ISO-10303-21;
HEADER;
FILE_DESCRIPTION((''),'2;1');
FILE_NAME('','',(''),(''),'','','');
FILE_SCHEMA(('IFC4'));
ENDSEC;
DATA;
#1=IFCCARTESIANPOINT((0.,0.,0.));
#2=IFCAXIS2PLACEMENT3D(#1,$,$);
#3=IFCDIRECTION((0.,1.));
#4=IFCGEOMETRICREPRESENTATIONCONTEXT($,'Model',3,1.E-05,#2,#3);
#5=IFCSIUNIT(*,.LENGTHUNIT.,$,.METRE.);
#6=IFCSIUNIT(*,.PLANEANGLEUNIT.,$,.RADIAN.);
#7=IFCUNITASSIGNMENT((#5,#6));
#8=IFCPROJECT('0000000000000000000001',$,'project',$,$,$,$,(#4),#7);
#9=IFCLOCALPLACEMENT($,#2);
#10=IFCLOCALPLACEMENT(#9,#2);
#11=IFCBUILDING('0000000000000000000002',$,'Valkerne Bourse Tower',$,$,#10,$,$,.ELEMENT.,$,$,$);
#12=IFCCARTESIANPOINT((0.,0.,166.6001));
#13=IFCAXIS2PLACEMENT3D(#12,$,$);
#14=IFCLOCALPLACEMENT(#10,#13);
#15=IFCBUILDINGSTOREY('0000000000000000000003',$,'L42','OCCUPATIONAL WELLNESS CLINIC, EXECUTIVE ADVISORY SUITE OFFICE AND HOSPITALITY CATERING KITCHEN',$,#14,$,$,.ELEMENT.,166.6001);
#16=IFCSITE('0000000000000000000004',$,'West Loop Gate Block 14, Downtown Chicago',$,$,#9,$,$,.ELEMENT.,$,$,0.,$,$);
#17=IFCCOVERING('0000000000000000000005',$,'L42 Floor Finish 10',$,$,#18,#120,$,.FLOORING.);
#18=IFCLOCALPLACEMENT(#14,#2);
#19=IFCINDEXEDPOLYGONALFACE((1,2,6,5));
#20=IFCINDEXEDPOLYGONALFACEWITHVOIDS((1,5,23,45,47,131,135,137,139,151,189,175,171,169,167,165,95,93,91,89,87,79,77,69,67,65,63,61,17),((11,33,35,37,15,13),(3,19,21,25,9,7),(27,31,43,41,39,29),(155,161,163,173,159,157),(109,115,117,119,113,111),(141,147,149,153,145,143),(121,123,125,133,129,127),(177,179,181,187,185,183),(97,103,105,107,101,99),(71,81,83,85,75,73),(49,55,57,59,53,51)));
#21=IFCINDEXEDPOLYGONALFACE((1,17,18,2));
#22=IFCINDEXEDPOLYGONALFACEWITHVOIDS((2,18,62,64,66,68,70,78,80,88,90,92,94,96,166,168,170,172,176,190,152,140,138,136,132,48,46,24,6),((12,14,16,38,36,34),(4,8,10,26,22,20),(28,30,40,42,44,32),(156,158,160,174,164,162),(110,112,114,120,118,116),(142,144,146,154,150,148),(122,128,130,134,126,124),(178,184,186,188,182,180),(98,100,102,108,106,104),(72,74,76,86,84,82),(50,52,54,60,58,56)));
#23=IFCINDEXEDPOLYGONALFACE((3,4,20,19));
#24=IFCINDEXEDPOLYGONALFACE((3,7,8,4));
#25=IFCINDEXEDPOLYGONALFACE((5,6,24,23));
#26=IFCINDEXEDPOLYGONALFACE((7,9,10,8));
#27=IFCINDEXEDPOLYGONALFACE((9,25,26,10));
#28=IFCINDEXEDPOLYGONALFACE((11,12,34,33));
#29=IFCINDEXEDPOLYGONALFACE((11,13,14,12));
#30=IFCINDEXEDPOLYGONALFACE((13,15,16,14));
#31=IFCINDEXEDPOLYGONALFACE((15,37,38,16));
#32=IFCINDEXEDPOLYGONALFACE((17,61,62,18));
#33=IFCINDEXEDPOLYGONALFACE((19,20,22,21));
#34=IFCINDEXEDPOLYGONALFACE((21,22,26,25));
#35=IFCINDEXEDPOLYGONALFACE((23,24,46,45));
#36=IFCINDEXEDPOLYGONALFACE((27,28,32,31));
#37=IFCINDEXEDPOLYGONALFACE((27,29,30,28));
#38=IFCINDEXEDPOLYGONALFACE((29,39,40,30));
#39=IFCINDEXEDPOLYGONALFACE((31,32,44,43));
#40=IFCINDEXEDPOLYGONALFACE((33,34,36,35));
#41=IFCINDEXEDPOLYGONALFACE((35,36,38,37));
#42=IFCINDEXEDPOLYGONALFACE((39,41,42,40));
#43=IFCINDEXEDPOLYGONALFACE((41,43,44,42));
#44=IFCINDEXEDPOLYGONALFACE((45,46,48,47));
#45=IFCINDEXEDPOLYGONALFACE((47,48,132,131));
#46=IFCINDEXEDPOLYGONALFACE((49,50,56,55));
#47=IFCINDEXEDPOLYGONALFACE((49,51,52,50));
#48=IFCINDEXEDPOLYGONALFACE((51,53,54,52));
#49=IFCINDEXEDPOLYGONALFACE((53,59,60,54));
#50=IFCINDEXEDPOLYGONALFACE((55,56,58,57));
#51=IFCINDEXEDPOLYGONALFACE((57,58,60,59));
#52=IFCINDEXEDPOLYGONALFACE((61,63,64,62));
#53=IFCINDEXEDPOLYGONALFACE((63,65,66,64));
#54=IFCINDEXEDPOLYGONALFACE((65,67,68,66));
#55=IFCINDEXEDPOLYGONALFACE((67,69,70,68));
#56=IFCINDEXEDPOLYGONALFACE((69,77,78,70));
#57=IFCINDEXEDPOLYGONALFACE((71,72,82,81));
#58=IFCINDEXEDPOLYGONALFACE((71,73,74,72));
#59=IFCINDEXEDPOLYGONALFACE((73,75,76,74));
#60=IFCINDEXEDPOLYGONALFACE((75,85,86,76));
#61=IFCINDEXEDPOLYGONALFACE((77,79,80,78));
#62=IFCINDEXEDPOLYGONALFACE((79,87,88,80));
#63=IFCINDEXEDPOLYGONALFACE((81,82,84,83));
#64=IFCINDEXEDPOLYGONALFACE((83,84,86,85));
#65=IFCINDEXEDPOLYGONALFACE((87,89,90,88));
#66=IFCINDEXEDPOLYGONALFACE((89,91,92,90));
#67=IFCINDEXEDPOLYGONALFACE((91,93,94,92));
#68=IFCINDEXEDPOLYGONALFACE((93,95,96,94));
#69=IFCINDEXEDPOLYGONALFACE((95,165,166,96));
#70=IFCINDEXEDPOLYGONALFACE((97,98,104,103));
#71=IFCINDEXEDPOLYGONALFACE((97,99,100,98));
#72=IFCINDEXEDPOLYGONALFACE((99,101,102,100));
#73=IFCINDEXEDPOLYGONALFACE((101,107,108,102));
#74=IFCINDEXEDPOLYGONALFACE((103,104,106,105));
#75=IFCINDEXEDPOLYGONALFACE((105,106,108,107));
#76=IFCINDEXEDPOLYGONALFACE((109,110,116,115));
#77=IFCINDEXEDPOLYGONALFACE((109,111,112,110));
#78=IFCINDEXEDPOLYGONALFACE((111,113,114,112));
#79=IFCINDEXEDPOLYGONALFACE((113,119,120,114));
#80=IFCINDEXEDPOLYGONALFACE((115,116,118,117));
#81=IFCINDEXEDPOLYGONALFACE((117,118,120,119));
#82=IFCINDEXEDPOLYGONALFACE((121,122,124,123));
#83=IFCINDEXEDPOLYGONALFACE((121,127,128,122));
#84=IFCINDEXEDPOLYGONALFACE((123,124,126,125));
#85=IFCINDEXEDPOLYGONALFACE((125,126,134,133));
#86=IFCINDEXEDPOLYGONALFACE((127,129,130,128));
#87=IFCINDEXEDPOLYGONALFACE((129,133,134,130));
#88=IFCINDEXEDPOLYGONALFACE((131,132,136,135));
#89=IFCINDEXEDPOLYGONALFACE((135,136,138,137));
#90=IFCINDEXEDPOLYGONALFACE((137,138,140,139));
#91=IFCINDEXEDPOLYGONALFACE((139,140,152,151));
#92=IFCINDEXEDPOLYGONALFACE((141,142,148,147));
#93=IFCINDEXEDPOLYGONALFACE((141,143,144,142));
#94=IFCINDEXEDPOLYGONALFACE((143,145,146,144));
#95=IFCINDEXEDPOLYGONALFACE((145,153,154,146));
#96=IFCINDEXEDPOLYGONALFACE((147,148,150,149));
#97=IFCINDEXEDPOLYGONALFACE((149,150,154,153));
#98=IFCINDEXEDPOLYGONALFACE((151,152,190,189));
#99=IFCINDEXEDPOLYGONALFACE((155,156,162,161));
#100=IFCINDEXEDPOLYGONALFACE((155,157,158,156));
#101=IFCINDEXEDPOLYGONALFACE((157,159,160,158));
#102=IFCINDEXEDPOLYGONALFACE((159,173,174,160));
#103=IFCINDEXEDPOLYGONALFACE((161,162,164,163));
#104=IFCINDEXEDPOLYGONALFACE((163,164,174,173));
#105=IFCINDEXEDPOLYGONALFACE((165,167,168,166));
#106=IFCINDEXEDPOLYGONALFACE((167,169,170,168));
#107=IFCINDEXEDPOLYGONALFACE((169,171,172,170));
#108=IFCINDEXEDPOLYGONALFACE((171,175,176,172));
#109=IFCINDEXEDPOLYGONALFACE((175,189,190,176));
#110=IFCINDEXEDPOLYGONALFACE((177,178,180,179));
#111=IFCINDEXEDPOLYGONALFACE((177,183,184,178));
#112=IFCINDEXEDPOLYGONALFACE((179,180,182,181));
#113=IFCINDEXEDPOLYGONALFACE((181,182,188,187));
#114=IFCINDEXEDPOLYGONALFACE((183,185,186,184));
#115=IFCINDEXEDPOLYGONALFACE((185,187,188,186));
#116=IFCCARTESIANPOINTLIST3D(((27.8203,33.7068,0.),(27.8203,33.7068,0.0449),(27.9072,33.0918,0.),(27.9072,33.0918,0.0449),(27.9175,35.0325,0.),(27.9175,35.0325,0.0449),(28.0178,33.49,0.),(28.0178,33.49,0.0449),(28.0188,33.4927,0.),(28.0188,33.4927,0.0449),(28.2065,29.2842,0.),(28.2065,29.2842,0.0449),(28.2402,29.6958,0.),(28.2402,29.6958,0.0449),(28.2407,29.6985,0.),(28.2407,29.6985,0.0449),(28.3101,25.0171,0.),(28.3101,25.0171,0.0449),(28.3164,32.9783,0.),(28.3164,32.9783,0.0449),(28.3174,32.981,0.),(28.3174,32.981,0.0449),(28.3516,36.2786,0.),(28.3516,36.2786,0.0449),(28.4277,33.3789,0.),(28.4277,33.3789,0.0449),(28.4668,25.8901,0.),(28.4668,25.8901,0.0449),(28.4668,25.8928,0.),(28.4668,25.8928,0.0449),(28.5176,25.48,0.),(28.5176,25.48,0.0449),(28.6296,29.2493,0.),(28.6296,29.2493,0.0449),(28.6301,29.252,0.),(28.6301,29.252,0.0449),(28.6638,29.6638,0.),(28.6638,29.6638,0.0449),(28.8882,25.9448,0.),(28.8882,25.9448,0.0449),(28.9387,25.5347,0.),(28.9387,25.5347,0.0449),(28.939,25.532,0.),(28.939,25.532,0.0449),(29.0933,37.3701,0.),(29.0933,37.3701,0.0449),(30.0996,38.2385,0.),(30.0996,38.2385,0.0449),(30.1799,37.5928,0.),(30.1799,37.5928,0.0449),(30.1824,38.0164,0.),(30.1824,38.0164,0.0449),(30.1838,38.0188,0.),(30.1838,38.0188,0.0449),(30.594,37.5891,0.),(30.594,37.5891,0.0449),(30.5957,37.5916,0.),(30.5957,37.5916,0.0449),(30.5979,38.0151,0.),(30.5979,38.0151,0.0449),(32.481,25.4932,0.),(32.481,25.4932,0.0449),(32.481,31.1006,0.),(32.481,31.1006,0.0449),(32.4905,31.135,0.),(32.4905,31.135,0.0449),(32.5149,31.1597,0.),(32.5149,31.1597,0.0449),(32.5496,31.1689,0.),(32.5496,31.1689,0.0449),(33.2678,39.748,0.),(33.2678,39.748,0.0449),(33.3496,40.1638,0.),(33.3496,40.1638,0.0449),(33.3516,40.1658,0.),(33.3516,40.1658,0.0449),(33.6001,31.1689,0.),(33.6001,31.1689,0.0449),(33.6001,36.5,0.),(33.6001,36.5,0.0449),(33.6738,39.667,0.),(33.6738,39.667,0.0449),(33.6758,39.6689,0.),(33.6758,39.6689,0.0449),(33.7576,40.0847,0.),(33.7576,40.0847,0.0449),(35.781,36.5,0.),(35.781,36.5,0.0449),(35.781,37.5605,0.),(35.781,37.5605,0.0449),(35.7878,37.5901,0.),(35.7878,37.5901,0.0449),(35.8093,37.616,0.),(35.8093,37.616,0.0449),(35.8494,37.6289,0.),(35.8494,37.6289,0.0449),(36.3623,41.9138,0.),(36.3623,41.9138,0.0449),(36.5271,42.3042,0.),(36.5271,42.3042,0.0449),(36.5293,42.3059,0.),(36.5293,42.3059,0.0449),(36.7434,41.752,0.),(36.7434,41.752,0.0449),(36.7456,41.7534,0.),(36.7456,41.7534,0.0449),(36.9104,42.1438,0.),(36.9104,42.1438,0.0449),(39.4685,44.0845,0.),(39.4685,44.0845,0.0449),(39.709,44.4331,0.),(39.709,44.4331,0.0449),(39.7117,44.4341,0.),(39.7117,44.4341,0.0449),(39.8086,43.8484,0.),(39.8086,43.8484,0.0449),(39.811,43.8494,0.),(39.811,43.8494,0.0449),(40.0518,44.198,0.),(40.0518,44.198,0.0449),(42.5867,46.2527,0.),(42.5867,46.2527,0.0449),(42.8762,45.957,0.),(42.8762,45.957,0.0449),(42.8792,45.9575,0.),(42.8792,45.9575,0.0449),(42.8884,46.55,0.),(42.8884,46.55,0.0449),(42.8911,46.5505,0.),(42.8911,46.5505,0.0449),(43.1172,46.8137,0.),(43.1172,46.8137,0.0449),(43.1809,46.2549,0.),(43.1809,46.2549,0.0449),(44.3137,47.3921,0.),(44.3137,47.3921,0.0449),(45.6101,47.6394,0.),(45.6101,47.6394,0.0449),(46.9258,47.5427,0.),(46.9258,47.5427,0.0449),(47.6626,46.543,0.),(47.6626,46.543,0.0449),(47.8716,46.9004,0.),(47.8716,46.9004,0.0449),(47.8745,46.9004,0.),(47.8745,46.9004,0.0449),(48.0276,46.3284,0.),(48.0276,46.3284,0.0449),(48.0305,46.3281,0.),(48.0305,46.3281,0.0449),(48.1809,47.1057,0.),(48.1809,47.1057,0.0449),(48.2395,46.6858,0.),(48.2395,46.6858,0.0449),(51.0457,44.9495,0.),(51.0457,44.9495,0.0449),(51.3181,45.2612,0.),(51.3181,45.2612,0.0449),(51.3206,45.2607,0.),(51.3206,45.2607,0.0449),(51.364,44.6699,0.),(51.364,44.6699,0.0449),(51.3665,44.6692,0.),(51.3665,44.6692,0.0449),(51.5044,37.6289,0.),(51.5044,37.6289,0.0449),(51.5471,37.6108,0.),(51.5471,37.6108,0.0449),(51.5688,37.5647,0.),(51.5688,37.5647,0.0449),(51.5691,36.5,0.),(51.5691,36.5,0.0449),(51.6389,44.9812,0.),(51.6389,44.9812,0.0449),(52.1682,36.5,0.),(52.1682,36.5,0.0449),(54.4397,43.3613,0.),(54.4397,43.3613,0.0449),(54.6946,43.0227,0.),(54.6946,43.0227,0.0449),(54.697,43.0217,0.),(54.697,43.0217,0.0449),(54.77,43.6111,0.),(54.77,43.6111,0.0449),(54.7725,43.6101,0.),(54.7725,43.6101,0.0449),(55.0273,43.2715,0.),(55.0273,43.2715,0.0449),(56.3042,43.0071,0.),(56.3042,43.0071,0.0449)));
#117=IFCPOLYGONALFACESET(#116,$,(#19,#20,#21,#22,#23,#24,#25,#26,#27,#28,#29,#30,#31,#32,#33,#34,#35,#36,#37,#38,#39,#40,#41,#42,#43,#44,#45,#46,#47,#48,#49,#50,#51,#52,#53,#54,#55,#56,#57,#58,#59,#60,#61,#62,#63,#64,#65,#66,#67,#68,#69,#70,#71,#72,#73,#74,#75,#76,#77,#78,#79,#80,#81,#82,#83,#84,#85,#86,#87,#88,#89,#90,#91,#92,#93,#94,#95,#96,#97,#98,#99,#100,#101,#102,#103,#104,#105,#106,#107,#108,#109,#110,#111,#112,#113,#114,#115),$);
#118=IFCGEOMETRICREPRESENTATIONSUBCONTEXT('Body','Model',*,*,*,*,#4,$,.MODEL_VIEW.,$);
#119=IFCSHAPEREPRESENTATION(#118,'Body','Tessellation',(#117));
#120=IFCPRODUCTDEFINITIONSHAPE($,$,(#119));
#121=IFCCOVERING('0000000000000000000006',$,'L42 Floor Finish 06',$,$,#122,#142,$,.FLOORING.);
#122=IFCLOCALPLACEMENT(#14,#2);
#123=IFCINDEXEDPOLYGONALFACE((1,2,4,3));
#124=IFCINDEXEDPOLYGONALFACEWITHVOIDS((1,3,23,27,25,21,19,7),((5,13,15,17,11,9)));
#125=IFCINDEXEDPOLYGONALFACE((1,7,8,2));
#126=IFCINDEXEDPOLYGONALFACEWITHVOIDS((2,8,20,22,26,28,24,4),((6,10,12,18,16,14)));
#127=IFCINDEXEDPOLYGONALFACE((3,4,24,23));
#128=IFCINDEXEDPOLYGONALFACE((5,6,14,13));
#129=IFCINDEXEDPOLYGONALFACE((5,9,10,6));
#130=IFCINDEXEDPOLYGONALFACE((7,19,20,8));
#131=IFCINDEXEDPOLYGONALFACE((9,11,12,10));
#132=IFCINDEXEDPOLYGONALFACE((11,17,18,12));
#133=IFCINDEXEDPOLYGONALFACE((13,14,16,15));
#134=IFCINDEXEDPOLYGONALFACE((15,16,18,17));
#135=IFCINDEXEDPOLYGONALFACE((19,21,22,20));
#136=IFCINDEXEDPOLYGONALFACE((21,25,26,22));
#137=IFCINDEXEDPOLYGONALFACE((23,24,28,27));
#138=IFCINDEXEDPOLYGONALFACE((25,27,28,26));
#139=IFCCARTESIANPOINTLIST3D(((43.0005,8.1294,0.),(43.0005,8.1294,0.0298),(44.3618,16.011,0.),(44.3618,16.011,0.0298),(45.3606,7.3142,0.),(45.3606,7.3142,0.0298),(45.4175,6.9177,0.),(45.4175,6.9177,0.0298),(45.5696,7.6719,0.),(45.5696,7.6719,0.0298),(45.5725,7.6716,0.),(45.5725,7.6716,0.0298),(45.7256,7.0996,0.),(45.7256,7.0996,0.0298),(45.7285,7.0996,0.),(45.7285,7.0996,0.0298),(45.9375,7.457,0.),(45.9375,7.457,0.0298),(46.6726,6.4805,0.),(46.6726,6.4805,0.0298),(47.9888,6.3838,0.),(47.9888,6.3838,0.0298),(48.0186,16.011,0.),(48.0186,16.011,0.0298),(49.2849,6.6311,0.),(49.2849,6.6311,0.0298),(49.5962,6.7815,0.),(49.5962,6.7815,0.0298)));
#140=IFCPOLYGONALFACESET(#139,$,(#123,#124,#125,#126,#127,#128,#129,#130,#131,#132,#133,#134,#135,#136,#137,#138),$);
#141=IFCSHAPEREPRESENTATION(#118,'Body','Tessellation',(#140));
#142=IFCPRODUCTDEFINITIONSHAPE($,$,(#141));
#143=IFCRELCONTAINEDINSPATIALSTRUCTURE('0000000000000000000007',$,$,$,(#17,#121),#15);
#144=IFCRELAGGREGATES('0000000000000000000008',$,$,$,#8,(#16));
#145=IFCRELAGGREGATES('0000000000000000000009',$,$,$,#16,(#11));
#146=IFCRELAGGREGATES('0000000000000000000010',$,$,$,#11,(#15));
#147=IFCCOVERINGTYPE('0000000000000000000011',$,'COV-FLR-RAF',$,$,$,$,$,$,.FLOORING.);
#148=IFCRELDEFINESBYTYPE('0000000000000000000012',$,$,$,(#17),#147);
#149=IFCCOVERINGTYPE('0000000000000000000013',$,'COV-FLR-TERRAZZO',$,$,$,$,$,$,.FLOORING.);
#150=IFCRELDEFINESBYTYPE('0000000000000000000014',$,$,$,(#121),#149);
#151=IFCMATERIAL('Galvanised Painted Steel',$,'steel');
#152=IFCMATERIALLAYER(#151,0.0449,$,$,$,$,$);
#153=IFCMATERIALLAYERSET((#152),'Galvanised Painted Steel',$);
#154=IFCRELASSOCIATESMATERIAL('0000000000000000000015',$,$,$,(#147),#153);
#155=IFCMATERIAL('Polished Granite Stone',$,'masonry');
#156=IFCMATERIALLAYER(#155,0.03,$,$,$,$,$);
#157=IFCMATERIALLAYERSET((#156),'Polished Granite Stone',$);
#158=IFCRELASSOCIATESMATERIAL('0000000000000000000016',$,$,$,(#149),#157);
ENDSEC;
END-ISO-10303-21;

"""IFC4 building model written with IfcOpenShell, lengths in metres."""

from ifc_helpers import new_model, si_unit, direction, frame, origin, place, context, subcontext, project, spatial, polyline, outline, extrude, material, layer, layer_set, type_object, element, save


model = new_model("IFC4")

# Units and contexts
model_context = context("Model", 3, precision=1e-05, world=origin(), true_north=direction((0.0, 1.0)))
body_context = subcontext(model_context, "Body", "Model", "MODEL_VIEW")
ifc_project = project(units=[si_unit("LENGTHUNIT", "METRE"), si_unit("PLANEANGLEUNIT", "RADIAN")], contexts=[model_context])

# Site, building, storey
site_placement = place(None, origin())
site = spatial("IfcSite", under=ifc_project, at=site_placement, Name="West Loop Gate Block 14, Downtown Chicago", CompositionType="ELEMENT", RefElevation=0.0)
building_placement = place(site_placement, origin())
building = spatial("IfcBuilding", under=site, at=building_placement, Name="Valkerne Bourse Tower", CompositionType="ELEMENT")
storey_placement = place(building_placement, frame((0.0, 0.0, 166.6001)))
storey = spatial("IfcBuildingStorey", under=building, at=storey_placement, Name="L42", Description="OCCUPATIONAL WELLNESS CLINIC, EXECUTIVE ADVISORY SUITE OFFICE AND HOSPITALITY CATERING KITCHEN", CompositionType="ELEMENT", Elevation=166.6001)

# Coverings
ifc_material_1 = material(Name="Galvanised Painted Steel", Category="steel")
ifc_layer_1 = layer(ifc_material_1, 0.0449)
ifc_layer_set_1 = layer_set([ifc_layer_1], Name="Galvanised Painted Steel")
covering_type_1 = type_object("IfcCoveringType", Name="COV-FLR-RAF", PredefinedType="FLOORING", material=ifc_layer_set_1)
covering_1_placement = place(storey_placement, origin())
element("IfcCovering", 1, at=covering_1_placement, inside=storey, type_object=covering_type_1, Name="L42 Floor Finish 10", PredefinedType="FLOORING", context=body_context, shape_type="SweptSolid", body=[
    extrude(outline(polyline([(28.3516, 36.2786), (29.0933, 37.3701), (30.0996, 38.2385), (43.1172, 46.8137), (44.3137, 47.3921), (45.6101, 47.6394), (46.9258, 47.5427), (48.1809, 47.1057), (56.3042, 43.0071), (52.1682, 36.5), (51.5691, 36.5), (51.5688, 37.5647), (51.5471, 37.6108), (51.5044, 37.6289), (35.8494, 37.6289), (35.8093, 37.616), (35.7878, 37.5901), (35.781, 37.5605), (35.781, 36.5), (33.6001, 36.5), (33.6001, 31.1689), (32.5496, 31.1689), (32.5149, 31.1597), (32.4905, 31.135), (32.481, 31.1006), (32.481, 25.4932), (28.3101, 25.0171), (27.8203, 33.7068), (27.9175, 35.0325), (28.3516, 36.2786)]), holes=[polyline([(28.9387, 25.5347), (28.8882, 25.9448), (28.4668, 25.8928), (28.4668, 25.8901), (28.5176, 25.48), (28.939, 25.532), (28.9387, 25.5347)]), polyline([(28.6301, 29.252), (28.6638, 29.6638), (28.2407, 29.6985), (28.2402, 29.6958), (28.2065, 29.2842), (28.6296, 29.2493), (28.6301, 29.252)]), polyline([(28.4277, 33.3789), (28.0188, 33.4927), (28.0178, 33.49), (27.9072, 33.0918), (28.3164, 32.9783), (28.3174, 32.981), (28.4277, 33.3789)]), polyline([(30.5979, 38.0151), (30.1838, 38.0188), (30.1824, 38.0164), (30.1799, 37.5928), (30.594, 37.5891), (30.5957, 37.5916), (30.5979, 38.0151)]), polyline([(33.7576, 40.0847), (33.3516, 40.1658), (33.3496, 40.1638), (33.2678, 39.748), (33.6738, 39.667), (33.6758, 39.6689), (33.7576, 40.0847)]), polyline([(36.7456, 41.7534), (36.9104, 42.1438), (36.5293, 42.3059), (36.5271, 42.3042), (36.3623, 41.9138), (36.7434, 41.752), (36.7456, 41.7534)]), polyline([(55.0273, 43.2715), (54.7725, 43.6101), (54.77, 43.6111), (54.4397, 43.3613), (54.6946, 43.0227), (54.697, 43.0217), (55.0273, 43.2715)]), polyline([(39.811, 43.8494), (40.0518, 44.198), (39.7117, 44.4341), (39.709, 44.4331), (39.4685, 44.0845), (39.8086, 43.8484), (39.811, 43.8494)]), polyline([(51.3206, 45.2607), (51.3181, 45.2612), (51.0457, 44.9495), (51.364, 44.6699), (51.3665, 44.6692), (51.6389, 44.9812), (51.3206, 45.2607)]), polyline([(43.1809, 46.2549), (42.8911, 46.5505), (42.8884, 46.55), (42.5867, 46.2527), (42.8762, 45.957), (42.8792, 45.9575), (43.1809, 46.2549)]), polyline([(47.8745, 46.9004), (47.8716, 46.9004), (47.6626, 46.543), (48.0276, 46.3284), (48.0305, 46.3281), (48.2395, 46.6858), (47.8745, 46.9004)])]), origin(), (0.0, 0.0, 1.0), 0.0449),
])
ifc_material_2 = material(Name="Polished Granite Stone", Category="masonry")
ifc_layer_2 = layer(ifc_material_2, 0.03)
ifc_layer_set_2 = layer_set([ifc_layer_2], Name="Polished Granite Stone")
covering_type_2 = type_object("IfcCoveringType", Name="COV-FLR-TERRAZZO", PredefinedType="FLOORING", material=ifc_layer_set_2)
covering_2_placement = place(storey_placement, origin())
element("IfcCovering", 2, at=covering_2_placement, inside=storey, type_object=covering_type_2, Name="L42 Floor Finish 06", PredefinedType="FLOORING", context=body_context, shape_type="SweptSolid", body=[
    extrude(outline(polyline([(46.6726, 6.4805), (45.4175, 6.9177), (43.0005, 8.1294), (44.3618, 16.011), (48.0186, 16.011), (49.5962, 6.7815), (49.2849, 6.6311), (47.9888, 6.3838), (46.6726, 6.4805)]), holes=[polyline([(45.9375, 7.457), (45.5725, 7.6716), (45.5696, 7.6719), (45.3606, 7.3142), (45.7256, 7.0996), (45.7285, 7.0996), (45.9375, 7.457)])]), origin(), (0.0, 0.0, 1.0), 0.0298),
])

save(model, "model.ifc")
